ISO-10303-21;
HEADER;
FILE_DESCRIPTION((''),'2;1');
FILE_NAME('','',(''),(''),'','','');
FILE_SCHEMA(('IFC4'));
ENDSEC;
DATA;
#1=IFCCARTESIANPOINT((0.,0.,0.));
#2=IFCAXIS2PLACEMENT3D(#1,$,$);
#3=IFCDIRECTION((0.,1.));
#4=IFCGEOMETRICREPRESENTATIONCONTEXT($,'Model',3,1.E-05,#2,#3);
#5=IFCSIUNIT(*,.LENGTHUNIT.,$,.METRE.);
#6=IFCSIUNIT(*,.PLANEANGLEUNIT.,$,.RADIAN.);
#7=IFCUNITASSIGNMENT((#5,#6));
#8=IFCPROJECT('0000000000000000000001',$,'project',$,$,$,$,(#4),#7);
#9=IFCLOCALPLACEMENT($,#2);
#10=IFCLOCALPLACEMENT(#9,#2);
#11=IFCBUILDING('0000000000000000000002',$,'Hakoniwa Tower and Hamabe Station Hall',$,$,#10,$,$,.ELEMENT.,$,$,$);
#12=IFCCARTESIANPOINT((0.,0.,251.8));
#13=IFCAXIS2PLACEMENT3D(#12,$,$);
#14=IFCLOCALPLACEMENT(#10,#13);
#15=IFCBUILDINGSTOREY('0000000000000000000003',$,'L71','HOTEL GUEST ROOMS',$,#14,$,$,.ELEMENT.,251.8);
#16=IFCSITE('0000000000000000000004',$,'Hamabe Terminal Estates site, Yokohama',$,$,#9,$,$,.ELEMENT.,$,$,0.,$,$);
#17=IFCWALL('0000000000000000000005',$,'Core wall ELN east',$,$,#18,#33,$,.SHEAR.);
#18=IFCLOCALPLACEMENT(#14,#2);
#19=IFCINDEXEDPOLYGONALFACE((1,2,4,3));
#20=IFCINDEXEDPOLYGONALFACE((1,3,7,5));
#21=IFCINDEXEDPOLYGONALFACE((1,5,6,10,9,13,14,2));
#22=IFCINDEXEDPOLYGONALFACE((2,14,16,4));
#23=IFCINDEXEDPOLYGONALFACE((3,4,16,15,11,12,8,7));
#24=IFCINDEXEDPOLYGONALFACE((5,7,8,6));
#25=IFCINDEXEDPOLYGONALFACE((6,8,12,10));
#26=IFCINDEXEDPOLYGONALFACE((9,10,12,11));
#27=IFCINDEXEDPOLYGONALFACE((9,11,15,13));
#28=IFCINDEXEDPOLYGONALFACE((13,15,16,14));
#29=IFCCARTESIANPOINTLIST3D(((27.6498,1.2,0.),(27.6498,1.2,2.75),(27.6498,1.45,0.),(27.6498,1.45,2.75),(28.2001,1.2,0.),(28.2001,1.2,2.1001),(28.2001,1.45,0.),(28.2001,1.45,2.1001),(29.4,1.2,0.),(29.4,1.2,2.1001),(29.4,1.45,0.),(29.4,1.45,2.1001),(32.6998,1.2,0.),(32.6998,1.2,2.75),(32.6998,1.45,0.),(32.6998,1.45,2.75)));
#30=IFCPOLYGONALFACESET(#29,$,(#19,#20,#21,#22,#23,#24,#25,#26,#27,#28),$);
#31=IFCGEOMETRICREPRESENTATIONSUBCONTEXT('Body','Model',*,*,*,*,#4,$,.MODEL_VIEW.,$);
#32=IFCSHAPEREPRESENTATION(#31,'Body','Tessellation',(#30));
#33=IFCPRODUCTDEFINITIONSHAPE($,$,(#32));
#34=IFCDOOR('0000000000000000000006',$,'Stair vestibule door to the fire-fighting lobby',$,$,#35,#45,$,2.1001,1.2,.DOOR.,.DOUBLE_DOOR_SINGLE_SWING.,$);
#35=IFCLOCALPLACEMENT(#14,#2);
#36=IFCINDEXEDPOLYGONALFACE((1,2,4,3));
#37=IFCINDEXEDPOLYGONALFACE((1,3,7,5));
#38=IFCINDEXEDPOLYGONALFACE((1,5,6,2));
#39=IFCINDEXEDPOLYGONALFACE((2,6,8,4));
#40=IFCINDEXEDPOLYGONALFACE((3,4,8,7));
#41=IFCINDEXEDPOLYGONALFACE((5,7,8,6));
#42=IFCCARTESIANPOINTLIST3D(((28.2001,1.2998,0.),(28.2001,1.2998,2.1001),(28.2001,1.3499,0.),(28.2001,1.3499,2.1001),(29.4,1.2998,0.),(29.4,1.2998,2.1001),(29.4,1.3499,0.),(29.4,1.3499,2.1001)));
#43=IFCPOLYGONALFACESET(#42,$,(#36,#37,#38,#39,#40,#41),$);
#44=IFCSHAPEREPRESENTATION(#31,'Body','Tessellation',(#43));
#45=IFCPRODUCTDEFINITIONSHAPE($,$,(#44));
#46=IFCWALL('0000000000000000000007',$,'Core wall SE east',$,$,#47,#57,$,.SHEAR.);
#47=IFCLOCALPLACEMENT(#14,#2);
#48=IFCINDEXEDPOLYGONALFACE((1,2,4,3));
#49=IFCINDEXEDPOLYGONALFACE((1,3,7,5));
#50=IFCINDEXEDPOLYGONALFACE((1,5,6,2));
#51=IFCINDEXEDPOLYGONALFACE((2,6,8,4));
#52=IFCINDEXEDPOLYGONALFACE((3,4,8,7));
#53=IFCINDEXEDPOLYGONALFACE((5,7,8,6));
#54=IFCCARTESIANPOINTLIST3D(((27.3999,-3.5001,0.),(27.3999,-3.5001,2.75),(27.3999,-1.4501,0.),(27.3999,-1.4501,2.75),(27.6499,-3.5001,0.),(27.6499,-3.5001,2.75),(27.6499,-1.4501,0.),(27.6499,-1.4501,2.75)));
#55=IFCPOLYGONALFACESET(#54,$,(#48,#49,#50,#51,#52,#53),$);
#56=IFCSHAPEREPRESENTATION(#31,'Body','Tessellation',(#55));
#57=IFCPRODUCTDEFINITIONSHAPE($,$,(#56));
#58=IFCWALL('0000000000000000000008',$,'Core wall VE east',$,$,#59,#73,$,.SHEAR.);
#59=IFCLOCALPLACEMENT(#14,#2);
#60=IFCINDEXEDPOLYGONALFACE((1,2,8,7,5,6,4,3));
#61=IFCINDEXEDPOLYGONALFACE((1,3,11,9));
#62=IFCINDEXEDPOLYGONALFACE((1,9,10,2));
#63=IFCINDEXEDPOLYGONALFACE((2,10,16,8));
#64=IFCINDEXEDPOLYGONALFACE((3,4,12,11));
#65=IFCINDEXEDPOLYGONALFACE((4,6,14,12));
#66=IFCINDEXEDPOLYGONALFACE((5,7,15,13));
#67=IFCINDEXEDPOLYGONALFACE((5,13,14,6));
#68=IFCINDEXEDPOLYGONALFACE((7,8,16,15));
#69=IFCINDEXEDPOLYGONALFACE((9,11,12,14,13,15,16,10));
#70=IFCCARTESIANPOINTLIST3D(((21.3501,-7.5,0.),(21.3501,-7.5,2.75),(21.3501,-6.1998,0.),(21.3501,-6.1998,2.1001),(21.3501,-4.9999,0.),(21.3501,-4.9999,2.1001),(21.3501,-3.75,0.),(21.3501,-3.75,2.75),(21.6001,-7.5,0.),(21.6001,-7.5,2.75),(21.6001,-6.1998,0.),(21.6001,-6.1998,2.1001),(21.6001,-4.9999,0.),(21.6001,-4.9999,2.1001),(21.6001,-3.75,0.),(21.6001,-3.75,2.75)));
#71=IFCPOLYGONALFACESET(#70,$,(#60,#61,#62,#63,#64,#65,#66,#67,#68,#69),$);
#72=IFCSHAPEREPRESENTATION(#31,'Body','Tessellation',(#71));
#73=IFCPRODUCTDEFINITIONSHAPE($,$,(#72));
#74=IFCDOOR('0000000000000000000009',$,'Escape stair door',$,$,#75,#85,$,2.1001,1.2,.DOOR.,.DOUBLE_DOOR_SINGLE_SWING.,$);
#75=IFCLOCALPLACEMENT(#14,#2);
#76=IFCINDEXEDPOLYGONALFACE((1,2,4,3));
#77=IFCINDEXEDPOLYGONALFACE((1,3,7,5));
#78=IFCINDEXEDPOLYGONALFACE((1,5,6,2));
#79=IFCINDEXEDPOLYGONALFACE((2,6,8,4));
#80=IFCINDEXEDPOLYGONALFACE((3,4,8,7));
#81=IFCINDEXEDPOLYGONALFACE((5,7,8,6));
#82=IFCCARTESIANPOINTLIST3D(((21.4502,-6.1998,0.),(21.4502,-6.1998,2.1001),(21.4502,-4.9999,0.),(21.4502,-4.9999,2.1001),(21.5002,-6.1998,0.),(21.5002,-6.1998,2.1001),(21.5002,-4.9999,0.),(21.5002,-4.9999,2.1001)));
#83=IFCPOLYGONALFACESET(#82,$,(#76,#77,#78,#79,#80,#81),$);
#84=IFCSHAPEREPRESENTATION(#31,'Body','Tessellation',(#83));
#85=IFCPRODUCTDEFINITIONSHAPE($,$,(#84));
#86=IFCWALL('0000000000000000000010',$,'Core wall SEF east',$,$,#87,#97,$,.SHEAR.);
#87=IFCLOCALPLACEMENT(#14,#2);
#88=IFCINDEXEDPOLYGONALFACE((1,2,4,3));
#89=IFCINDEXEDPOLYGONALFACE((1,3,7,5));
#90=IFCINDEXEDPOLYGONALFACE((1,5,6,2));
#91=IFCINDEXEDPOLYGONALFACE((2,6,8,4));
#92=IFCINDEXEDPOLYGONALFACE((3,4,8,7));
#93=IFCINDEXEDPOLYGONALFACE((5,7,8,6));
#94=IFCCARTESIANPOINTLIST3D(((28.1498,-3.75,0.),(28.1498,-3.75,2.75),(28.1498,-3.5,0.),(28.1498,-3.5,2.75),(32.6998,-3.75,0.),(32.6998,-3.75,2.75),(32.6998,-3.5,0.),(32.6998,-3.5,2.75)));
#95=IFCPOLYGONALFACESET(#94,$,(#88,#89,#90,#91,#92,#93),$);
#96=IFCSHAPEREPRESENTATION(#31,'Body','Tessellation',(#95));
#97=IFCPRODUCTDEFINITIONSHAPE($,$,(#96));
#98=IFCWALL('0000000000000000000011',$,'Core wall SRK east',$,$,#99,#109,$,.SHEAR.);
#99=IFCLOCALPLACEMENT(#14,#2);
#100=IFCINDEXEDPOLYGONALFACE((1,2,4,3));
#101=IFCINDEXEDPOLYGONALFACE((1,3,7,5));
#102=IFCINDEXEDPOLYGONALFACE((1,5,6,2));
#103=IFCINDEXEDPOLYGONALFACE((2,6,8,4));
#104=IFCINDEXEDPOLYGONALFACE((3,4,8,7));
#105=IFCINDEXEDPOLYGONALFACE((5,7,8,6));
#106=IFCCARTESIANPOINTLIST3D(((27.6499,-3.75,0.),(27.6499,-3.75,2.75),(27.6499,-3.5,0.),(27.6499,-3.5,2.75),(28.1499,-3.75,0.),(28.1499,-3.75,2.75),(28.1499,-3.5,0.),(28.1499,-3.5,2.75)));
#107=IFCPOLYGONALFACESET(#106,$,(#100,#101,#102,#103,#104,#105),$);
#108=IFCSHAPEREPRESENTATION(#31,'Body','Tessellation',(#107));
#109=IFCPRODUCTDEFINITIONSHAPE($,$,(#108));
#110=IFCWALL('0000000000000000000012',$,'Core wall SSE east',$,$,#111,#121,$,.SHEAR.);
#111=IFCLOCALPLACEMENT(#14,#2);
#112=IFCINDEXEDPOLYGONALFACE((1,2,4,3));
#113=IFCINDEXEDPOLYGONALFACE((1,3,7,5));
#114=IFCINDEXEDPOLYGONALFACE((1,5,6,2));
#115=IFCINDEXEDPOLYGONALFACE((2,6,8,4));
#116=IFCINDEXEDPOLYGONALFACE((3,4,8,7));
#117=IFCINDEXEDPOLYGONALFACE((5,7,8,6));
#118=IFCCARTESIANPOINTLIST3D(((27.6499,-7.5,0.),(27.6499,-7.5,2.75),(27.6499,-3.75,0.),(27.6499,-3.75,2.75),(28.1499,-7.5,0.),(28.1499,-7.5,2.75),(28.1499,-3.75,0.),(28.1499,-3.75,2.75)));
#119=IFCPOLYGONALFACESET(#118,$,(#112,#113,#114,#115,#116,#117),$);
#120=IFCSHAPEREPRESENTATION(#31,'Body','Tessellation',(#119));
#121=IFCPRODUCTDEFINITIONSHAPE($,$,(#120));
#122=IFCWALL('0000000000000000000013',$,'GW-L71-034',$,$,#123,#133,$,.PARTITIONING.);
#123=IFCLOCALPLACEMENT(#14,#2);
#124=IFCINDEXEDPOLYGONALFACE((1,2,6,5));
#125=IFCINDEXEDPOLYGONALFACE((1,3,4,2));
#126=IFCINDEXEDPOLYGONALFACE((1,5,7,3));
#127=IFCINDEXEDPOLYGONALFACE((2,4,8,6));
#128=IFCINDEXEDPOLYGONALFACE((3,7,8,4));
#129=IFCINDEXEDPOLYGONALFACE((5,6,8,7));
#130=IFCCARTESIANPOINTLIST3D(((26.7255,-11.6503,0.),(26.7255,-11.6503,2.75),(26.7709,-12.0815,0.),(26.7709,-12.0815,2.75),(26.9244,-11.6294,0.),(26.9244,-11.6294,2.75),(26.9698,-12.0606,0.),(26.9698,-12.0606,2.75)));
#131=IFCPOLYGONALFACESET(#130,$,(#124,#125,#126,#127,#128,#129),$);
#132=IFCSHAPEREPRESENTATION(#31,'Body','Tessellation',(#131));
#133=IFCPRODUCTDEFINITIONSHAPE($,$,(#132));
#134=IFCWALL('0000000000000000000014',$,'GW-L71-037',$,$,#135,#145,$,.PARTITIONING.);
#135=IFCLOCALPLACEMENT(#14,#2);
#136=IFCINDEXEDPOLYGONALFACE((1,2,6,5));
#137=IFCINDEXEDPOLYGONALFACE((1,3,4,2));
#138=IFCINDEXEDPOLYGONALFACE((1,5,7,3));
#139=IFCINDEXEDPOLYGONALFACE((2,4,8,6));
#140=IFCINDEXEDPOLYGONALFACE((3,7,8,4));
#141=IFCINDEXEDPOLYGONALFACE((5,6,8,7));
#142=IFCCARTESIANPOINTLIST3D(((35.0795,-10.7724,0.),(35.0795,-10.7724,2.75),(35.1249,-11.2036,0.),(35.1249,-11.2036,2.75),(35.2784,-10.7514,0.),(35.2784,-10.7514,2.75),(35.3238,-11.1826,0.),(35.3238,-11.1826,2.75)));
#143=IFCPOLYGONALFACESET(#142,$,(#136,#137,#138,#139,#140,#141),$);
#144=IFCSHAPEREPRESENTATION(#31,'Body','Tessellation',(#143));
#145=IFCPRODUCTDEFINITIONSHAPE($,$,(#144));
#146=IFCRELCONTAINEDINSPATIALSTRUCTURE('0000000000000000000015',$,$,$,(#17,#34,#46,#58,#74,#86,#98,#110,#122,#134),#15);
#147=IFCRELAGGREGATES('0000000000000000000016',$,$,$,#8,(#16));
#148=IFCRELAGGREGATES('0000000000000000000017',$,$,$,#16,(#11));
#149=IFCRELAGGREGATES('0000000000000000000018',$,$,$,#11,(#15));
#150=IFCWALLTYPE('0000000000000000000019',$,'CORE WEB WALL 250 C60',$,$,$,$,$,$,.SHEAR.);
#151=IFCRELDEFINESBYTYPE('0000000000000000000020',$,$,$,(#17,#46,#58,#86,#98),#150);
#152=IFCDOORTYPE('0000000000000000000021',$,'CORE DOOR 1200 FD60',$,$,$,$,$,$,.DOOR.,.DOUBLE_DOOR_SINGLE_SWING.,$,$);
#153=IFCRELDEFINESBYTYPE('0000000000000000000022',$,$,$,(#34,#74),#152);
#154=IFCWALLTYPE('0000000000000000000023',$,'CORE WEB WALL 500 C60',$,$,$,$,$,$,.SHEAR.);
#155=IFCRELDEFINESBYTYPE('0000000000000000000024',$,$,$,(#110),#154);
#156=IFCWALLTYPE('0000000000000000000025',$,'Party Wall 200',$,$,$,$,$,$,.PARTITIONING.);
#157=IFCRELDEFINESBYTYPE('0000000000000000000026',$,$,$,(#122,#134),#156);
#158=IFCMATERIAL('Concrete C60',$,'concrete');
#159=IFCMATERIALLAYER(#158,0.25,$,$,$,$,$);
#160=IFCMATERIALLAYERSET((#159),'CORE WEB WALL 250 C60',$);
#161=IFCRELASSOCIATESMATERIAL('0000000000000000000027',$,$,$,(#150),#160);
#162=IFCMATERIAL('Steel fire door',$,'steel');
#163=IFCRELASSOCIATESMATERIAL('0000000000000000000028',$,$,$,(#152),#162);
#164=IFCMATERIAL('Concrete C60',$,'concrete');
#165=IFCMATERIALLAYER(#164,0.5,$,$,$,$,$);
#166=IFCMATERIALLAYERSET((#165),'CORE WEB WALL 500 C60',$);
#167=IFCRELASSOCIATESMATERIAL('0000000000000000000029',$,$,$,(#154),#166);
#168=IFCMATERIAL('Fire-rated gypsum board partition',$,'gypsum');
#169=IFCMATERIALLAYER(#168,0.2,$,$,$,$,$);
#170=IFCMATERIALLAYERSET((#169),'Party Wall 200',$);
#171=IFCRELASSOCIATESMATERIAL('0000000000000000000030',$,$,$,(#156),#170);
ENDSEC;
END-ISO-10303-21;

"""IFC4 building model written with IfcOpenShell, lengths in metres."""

from ifc_helpers import new_model, si_unit, direction, frame, frame_2d, origin, place, context, subcontext, project, spatial, rectangle, extrude, material, layer, layer_set, type_object, element, fill, save


model = new_model("IFC4")

# Units and contexts
model_context = context("Model", 3, precision=1e-05, world=origin(), true_north=direction((0.0, 1.0)))
body_context = subcontext(model_context, "Body", "Model", "MODEL_VIEW")
ifc_project = project(units=[si_unit("LENGTHUNIT", "METRE"), si_unit("PLANEANGLEUNIT", "RADIAN")], contexts=[model_context])

# Site, building, storey
site_placement = place(None, origin())
site = spatial("IfcSite", under=ifc_project, at=site_placement, Name="Hamabe Terminal Estates site, Yokohama", CompositionType="ELEMENT", RefElevation=0.0)
building_placement = place(site_placement, origin())
building = spatial("IfcBuilding", under=site, at=building_placement, Name="Hakoniwa Tower and Hamabe Station Hall", CompositionType="ELEMENT")
storey_placement = place(building_placement, frame((0.0, 0.0, 251.8)))
storey = spatial("IfcBuildingStorey", under=building, at=storey_placement, Name="L71", Description="HOTEL GUEST ROOMS", CompositionType="ELEMENT", Elevation=251.8)

# Shared definitions
ifc_material_1 = material(Name="Concrete C60", Category="concrete")
ifc_layer_1 = layer(ifc_material_1, 0.25)
ifc_layer_set_1 = layer_set([ifc_layer_1], Name="CORE WEB WALL 250 C60")
wall_type_1 = type_object("IfcWallType", Name="CORE WEB WALL 250 C60", PredefinedType="SHEAR", material=ifc_layer_set_1)

# Wall, opening, door
wall_1_placement = place(storey_placement, frame((27.6499, 1.325, 0.0), z_axis=(0.0, 0.0, 1.0), x_axis=(1.0, 0.0, 0.0)))
wall_1 = element("IfcWall", 1, at=wall_1_placement, inside=storey, type_object=wall_type_1, Name="Core wall ELN east", PredefinedType="SHEAR", context=body_context, shape_type="SweptSolid", body=[
    extrude(rectangle(XDim=5.05, YDim=0.25, at=frame_2d((2.5249, 0.0))), origin(), (0.0, 0.0, 1.0), 2.75),
])
opening_1_placement = place(wall_1_placement, frame((0.55, 0.0, 0.0)))
opening_1 = element("IfcOpeningElement", 2, at=opening_1_placement, cuts=wall_1, PredefinedType="OPENING", context=body_context, shape_type="SweptSolid", body=[
    extrude(rectangle(XDim=1.2, YDim=2.1001, at=frame_2d((0.6001, 1.05))), frame((0.0, 0.135, 0.0), z_axis=(0.0, -1.0, 0.0), x_axis=(1.0, 0.0, 0.0)), (0.0, 0.0, 1.0), 0.27),
])
ifc_material_2 = material(Name="Steel fire door", Category="steel")
door_type_1 = type_object("IfcDoorType", Name="CORE DOOR 1200 FD60", OperationType="DOUBLE_DOOR_SINGLE_SWING", PredefinedType="DOOR", material=ifc_material_2)
door_1_placement = place(opening_1_placement, origin())
door_1 = element("IfcDoor", 3, at=door_1_placement, inside=storey, type_object=door_type_1, Name="Stair vestibule door to the fire-fighting lobby", OperationType="DOUBLE_DOOR_SINGLE_SWING", OverallHeight=2.1001, OverallWidth=1.2, PredefinedType="DOOR", context=body_context, shape_type="SweptSolid", body=[
    extrude(rectangle(XDim=1.2, YDim=2.1001, at=frame_2d((0.6001, 1.05))), frame((0.0, 0.0249, 0.0), z_axis=(0.0, -1.0, 0.0), x_axis=(1.0, 0.0, 0.0)), (0.0, 0.0, 1.0), 0.05),
])
fill(opening_1, door_1)

# Wall
wall_2_placement = place(storey_placement, frame((27.5249, -3.5, 0.0), z_axis=(0.0, 0.0, 1.0), x_axis=(0.0, 1.0, 0.0)))
element("IfcWall", 4, at=wall_2_placement, inside=storey, type_object=wall_type_1, Name="Core wall SE east", PredefinedType="SHEAR", context=body_context, shape_type="SweptSolid", body=[
    extrude(rectangle(XDim=2.05, YDim=0.25, at=frame_2d((1.0249, 0.0))), origin(), (0.0, 0.0, 1.0), 2.75),
])

# Wall, opening, door
wall_3_placement = place(storey_placement, frame((21.4751, -7.5, 0.0), z_axis=(0.0, 0.0, 1.0), x_axis=(0.0, 1.0, 0.0)))
wall_3 = element("IfcWall", 5, at=wall_3_placement, inside=storey, type_object=wall_type_1, Name="Core wall VE east", PredefinedType="SHEAR", context=body_context, shape_type="SweptSolid", body=[
    extrude(rectangle(XDim=3.75, YDim=0.25, at=frame_2d((1.875, 0.0))), origin(), (0.0, 0.0, 1.0), 2.75),
])
opening_2_placement = place(wall_3_placement, frame((1.3, 0.0, 0.0)))
opening_2 = element("IfcOpeningElement", 6, at=opening_2_placement, cuts=wall_3, PredefinedType="OPENING", context=body_context, shape_type="SweptSolid", body=[
    extrude(rectangle(XDim=1.2, YDim=2.1001, at=frame_2d((0.6001, 1.05))), frame((0.0, 0.135, 0.0), z_axis=(0.0, -1.0, 0.0), x_axis=(1.0, 0.0, 0.0)), (0.0, 0.0, 1.0), 0.27),
])
door_2_placement = place(opening_2_placement, origin())
door_2 = element("IfcDoor", 7, at=door_2_placement, inside=storey, type_object=door_type_1, Name="Escape stair door", OperationType="DOUBLE_DOOR_SINGLE_SWING", OverallHeight=2.1001, OverallWidth=1.2, PredefinedType="DOOR", context=body_context, shape_type="SweptSolid", body=[
    extrude(rectangle(XDim=1.2, YDim=2.1001, at=frame_2d((0.6001, 1.05))), frame((0.0, 0.0249, 0.0), z_axis=(0.0, -1.0, 0.0), x_axis=(1.0, 0.0, 0.0)), (0.0, 0.0, 1.0), 0.05),
])
fill(opening_2, door_2)

# Walls
wall_4_placement = place(storey_placement, frame((28.1499, -3.625, 0.0), z_axis=(0.0, 0.0, 1.0), x_axis=(1.0, 0.0, 0.0)))
element("IfcWall", 8, at=wall_4_placement, inside=storey, type_object=wall_type_1, Name="Core wall SEF east", PredefinedType="SHEAR", context=body_context, shape_type="SweptSolid", body=[
    extrude(rectangle(XDim=4.55, YDim=0.25, at=frame_2d((2.2749, 0.0))), origin(), (0.0, 0.0, 1.0), 2.75),
])
wall_5_placement = place(storey_placement, frame((27.6499, -3.625, 0.0), z_axis=(0.0, 0.0, 1.0), x_axis=(1.0, 0.0, 0.0)))
element("IfcWall", 9, at=wall_5_placement, inside=storey, type_object=wall_type_1, Name="Core wall SRK east", PredefinedType="SHEAR", context=body_context, shape_type="SweptSolid", body=[
    extrude(rectangle(XDim=0.5, YDim=0.25, at=frame_2d((0.25, 0.0))), origin(), (0.0, 0.0, 1.0), 2.75),
])
ifc_material_3 = material(Name="Concrete C60", Category="concrete")
ifc_layer_2 = layer(ifc_material_3, 0.5)
ifc_layer_set_2 = layer_set([ifc_layer_2], Name="CORE WEB WALL 500 C60")
wall_type_2 = type_object("IfcWallType", Name="CORE WEB WALL 500 C60", PredefinedType="SHEAR", material=ifc_layer_set_2)
wall_6_placement = place(storey_placement, frame((27.8999, -7.5, 0.0), z_axis=(0.0, 0.0, 1.0), x_axis=(0.0, 1.0, 0.0)))
element("IfcWall", 10, at=wall_6_placement, inside=storey, type_object=wall_type_2, Name="Core wall SSE east", PredefinedType="SHEAR", context=body_context, shape_type="SweptSolid", body=[
    extrude(rectangle(XDim=3.75, YDim=0.5, at=frame_2d((1.875, 0.0))), origin(), (0.0, 0.0, 1.0), 2.75),
])
ifc_material_4 = material(Name="Fire-rated gypsum board partition", Category="gypsum")
ifc_layer_3 = layer(ifc_material_4, 0.2)
ifc_layer_set_3 = layer_set([ifc_layer_3], Name="Party Wall 200")
wall_type_3 = type_object("IfcWallType", Name="Party Wall 200", PredefinedType="PARTITIONING", material=ifc_layer_set_3)
for number, where, z_axis, x_axis, name in (
    (11, (26.8704, -12.071, 0.0), (0.0, 0.0, 1.0), (-0.104743, 0.994499, 0.0), "GW-L71-034"),
    (12, (35.2244, -11.1931, 0.0), (0.0, 0.0, 1.0), (-0.104743, 0.994499, 0.0), "GW-L71-037"),
):
    element("IfcWall", number, at=place(storey_placement, frame(where, z_axis=z_axis, x_axis=x_axis)), inside=storey, type_object=wall_type_3, Name=name, PredefinedType="PARTITIONING", context=body_context, shape_type="SweptSolid", body=[
        extrude(rectangle(XDim=0.4336, YDim=0.2, at=frame_2d((0.2168, 0.0))), origin(), (0.0, 0.0, 1.0), 2.75),
    ])

save(model, "model.ifc")
